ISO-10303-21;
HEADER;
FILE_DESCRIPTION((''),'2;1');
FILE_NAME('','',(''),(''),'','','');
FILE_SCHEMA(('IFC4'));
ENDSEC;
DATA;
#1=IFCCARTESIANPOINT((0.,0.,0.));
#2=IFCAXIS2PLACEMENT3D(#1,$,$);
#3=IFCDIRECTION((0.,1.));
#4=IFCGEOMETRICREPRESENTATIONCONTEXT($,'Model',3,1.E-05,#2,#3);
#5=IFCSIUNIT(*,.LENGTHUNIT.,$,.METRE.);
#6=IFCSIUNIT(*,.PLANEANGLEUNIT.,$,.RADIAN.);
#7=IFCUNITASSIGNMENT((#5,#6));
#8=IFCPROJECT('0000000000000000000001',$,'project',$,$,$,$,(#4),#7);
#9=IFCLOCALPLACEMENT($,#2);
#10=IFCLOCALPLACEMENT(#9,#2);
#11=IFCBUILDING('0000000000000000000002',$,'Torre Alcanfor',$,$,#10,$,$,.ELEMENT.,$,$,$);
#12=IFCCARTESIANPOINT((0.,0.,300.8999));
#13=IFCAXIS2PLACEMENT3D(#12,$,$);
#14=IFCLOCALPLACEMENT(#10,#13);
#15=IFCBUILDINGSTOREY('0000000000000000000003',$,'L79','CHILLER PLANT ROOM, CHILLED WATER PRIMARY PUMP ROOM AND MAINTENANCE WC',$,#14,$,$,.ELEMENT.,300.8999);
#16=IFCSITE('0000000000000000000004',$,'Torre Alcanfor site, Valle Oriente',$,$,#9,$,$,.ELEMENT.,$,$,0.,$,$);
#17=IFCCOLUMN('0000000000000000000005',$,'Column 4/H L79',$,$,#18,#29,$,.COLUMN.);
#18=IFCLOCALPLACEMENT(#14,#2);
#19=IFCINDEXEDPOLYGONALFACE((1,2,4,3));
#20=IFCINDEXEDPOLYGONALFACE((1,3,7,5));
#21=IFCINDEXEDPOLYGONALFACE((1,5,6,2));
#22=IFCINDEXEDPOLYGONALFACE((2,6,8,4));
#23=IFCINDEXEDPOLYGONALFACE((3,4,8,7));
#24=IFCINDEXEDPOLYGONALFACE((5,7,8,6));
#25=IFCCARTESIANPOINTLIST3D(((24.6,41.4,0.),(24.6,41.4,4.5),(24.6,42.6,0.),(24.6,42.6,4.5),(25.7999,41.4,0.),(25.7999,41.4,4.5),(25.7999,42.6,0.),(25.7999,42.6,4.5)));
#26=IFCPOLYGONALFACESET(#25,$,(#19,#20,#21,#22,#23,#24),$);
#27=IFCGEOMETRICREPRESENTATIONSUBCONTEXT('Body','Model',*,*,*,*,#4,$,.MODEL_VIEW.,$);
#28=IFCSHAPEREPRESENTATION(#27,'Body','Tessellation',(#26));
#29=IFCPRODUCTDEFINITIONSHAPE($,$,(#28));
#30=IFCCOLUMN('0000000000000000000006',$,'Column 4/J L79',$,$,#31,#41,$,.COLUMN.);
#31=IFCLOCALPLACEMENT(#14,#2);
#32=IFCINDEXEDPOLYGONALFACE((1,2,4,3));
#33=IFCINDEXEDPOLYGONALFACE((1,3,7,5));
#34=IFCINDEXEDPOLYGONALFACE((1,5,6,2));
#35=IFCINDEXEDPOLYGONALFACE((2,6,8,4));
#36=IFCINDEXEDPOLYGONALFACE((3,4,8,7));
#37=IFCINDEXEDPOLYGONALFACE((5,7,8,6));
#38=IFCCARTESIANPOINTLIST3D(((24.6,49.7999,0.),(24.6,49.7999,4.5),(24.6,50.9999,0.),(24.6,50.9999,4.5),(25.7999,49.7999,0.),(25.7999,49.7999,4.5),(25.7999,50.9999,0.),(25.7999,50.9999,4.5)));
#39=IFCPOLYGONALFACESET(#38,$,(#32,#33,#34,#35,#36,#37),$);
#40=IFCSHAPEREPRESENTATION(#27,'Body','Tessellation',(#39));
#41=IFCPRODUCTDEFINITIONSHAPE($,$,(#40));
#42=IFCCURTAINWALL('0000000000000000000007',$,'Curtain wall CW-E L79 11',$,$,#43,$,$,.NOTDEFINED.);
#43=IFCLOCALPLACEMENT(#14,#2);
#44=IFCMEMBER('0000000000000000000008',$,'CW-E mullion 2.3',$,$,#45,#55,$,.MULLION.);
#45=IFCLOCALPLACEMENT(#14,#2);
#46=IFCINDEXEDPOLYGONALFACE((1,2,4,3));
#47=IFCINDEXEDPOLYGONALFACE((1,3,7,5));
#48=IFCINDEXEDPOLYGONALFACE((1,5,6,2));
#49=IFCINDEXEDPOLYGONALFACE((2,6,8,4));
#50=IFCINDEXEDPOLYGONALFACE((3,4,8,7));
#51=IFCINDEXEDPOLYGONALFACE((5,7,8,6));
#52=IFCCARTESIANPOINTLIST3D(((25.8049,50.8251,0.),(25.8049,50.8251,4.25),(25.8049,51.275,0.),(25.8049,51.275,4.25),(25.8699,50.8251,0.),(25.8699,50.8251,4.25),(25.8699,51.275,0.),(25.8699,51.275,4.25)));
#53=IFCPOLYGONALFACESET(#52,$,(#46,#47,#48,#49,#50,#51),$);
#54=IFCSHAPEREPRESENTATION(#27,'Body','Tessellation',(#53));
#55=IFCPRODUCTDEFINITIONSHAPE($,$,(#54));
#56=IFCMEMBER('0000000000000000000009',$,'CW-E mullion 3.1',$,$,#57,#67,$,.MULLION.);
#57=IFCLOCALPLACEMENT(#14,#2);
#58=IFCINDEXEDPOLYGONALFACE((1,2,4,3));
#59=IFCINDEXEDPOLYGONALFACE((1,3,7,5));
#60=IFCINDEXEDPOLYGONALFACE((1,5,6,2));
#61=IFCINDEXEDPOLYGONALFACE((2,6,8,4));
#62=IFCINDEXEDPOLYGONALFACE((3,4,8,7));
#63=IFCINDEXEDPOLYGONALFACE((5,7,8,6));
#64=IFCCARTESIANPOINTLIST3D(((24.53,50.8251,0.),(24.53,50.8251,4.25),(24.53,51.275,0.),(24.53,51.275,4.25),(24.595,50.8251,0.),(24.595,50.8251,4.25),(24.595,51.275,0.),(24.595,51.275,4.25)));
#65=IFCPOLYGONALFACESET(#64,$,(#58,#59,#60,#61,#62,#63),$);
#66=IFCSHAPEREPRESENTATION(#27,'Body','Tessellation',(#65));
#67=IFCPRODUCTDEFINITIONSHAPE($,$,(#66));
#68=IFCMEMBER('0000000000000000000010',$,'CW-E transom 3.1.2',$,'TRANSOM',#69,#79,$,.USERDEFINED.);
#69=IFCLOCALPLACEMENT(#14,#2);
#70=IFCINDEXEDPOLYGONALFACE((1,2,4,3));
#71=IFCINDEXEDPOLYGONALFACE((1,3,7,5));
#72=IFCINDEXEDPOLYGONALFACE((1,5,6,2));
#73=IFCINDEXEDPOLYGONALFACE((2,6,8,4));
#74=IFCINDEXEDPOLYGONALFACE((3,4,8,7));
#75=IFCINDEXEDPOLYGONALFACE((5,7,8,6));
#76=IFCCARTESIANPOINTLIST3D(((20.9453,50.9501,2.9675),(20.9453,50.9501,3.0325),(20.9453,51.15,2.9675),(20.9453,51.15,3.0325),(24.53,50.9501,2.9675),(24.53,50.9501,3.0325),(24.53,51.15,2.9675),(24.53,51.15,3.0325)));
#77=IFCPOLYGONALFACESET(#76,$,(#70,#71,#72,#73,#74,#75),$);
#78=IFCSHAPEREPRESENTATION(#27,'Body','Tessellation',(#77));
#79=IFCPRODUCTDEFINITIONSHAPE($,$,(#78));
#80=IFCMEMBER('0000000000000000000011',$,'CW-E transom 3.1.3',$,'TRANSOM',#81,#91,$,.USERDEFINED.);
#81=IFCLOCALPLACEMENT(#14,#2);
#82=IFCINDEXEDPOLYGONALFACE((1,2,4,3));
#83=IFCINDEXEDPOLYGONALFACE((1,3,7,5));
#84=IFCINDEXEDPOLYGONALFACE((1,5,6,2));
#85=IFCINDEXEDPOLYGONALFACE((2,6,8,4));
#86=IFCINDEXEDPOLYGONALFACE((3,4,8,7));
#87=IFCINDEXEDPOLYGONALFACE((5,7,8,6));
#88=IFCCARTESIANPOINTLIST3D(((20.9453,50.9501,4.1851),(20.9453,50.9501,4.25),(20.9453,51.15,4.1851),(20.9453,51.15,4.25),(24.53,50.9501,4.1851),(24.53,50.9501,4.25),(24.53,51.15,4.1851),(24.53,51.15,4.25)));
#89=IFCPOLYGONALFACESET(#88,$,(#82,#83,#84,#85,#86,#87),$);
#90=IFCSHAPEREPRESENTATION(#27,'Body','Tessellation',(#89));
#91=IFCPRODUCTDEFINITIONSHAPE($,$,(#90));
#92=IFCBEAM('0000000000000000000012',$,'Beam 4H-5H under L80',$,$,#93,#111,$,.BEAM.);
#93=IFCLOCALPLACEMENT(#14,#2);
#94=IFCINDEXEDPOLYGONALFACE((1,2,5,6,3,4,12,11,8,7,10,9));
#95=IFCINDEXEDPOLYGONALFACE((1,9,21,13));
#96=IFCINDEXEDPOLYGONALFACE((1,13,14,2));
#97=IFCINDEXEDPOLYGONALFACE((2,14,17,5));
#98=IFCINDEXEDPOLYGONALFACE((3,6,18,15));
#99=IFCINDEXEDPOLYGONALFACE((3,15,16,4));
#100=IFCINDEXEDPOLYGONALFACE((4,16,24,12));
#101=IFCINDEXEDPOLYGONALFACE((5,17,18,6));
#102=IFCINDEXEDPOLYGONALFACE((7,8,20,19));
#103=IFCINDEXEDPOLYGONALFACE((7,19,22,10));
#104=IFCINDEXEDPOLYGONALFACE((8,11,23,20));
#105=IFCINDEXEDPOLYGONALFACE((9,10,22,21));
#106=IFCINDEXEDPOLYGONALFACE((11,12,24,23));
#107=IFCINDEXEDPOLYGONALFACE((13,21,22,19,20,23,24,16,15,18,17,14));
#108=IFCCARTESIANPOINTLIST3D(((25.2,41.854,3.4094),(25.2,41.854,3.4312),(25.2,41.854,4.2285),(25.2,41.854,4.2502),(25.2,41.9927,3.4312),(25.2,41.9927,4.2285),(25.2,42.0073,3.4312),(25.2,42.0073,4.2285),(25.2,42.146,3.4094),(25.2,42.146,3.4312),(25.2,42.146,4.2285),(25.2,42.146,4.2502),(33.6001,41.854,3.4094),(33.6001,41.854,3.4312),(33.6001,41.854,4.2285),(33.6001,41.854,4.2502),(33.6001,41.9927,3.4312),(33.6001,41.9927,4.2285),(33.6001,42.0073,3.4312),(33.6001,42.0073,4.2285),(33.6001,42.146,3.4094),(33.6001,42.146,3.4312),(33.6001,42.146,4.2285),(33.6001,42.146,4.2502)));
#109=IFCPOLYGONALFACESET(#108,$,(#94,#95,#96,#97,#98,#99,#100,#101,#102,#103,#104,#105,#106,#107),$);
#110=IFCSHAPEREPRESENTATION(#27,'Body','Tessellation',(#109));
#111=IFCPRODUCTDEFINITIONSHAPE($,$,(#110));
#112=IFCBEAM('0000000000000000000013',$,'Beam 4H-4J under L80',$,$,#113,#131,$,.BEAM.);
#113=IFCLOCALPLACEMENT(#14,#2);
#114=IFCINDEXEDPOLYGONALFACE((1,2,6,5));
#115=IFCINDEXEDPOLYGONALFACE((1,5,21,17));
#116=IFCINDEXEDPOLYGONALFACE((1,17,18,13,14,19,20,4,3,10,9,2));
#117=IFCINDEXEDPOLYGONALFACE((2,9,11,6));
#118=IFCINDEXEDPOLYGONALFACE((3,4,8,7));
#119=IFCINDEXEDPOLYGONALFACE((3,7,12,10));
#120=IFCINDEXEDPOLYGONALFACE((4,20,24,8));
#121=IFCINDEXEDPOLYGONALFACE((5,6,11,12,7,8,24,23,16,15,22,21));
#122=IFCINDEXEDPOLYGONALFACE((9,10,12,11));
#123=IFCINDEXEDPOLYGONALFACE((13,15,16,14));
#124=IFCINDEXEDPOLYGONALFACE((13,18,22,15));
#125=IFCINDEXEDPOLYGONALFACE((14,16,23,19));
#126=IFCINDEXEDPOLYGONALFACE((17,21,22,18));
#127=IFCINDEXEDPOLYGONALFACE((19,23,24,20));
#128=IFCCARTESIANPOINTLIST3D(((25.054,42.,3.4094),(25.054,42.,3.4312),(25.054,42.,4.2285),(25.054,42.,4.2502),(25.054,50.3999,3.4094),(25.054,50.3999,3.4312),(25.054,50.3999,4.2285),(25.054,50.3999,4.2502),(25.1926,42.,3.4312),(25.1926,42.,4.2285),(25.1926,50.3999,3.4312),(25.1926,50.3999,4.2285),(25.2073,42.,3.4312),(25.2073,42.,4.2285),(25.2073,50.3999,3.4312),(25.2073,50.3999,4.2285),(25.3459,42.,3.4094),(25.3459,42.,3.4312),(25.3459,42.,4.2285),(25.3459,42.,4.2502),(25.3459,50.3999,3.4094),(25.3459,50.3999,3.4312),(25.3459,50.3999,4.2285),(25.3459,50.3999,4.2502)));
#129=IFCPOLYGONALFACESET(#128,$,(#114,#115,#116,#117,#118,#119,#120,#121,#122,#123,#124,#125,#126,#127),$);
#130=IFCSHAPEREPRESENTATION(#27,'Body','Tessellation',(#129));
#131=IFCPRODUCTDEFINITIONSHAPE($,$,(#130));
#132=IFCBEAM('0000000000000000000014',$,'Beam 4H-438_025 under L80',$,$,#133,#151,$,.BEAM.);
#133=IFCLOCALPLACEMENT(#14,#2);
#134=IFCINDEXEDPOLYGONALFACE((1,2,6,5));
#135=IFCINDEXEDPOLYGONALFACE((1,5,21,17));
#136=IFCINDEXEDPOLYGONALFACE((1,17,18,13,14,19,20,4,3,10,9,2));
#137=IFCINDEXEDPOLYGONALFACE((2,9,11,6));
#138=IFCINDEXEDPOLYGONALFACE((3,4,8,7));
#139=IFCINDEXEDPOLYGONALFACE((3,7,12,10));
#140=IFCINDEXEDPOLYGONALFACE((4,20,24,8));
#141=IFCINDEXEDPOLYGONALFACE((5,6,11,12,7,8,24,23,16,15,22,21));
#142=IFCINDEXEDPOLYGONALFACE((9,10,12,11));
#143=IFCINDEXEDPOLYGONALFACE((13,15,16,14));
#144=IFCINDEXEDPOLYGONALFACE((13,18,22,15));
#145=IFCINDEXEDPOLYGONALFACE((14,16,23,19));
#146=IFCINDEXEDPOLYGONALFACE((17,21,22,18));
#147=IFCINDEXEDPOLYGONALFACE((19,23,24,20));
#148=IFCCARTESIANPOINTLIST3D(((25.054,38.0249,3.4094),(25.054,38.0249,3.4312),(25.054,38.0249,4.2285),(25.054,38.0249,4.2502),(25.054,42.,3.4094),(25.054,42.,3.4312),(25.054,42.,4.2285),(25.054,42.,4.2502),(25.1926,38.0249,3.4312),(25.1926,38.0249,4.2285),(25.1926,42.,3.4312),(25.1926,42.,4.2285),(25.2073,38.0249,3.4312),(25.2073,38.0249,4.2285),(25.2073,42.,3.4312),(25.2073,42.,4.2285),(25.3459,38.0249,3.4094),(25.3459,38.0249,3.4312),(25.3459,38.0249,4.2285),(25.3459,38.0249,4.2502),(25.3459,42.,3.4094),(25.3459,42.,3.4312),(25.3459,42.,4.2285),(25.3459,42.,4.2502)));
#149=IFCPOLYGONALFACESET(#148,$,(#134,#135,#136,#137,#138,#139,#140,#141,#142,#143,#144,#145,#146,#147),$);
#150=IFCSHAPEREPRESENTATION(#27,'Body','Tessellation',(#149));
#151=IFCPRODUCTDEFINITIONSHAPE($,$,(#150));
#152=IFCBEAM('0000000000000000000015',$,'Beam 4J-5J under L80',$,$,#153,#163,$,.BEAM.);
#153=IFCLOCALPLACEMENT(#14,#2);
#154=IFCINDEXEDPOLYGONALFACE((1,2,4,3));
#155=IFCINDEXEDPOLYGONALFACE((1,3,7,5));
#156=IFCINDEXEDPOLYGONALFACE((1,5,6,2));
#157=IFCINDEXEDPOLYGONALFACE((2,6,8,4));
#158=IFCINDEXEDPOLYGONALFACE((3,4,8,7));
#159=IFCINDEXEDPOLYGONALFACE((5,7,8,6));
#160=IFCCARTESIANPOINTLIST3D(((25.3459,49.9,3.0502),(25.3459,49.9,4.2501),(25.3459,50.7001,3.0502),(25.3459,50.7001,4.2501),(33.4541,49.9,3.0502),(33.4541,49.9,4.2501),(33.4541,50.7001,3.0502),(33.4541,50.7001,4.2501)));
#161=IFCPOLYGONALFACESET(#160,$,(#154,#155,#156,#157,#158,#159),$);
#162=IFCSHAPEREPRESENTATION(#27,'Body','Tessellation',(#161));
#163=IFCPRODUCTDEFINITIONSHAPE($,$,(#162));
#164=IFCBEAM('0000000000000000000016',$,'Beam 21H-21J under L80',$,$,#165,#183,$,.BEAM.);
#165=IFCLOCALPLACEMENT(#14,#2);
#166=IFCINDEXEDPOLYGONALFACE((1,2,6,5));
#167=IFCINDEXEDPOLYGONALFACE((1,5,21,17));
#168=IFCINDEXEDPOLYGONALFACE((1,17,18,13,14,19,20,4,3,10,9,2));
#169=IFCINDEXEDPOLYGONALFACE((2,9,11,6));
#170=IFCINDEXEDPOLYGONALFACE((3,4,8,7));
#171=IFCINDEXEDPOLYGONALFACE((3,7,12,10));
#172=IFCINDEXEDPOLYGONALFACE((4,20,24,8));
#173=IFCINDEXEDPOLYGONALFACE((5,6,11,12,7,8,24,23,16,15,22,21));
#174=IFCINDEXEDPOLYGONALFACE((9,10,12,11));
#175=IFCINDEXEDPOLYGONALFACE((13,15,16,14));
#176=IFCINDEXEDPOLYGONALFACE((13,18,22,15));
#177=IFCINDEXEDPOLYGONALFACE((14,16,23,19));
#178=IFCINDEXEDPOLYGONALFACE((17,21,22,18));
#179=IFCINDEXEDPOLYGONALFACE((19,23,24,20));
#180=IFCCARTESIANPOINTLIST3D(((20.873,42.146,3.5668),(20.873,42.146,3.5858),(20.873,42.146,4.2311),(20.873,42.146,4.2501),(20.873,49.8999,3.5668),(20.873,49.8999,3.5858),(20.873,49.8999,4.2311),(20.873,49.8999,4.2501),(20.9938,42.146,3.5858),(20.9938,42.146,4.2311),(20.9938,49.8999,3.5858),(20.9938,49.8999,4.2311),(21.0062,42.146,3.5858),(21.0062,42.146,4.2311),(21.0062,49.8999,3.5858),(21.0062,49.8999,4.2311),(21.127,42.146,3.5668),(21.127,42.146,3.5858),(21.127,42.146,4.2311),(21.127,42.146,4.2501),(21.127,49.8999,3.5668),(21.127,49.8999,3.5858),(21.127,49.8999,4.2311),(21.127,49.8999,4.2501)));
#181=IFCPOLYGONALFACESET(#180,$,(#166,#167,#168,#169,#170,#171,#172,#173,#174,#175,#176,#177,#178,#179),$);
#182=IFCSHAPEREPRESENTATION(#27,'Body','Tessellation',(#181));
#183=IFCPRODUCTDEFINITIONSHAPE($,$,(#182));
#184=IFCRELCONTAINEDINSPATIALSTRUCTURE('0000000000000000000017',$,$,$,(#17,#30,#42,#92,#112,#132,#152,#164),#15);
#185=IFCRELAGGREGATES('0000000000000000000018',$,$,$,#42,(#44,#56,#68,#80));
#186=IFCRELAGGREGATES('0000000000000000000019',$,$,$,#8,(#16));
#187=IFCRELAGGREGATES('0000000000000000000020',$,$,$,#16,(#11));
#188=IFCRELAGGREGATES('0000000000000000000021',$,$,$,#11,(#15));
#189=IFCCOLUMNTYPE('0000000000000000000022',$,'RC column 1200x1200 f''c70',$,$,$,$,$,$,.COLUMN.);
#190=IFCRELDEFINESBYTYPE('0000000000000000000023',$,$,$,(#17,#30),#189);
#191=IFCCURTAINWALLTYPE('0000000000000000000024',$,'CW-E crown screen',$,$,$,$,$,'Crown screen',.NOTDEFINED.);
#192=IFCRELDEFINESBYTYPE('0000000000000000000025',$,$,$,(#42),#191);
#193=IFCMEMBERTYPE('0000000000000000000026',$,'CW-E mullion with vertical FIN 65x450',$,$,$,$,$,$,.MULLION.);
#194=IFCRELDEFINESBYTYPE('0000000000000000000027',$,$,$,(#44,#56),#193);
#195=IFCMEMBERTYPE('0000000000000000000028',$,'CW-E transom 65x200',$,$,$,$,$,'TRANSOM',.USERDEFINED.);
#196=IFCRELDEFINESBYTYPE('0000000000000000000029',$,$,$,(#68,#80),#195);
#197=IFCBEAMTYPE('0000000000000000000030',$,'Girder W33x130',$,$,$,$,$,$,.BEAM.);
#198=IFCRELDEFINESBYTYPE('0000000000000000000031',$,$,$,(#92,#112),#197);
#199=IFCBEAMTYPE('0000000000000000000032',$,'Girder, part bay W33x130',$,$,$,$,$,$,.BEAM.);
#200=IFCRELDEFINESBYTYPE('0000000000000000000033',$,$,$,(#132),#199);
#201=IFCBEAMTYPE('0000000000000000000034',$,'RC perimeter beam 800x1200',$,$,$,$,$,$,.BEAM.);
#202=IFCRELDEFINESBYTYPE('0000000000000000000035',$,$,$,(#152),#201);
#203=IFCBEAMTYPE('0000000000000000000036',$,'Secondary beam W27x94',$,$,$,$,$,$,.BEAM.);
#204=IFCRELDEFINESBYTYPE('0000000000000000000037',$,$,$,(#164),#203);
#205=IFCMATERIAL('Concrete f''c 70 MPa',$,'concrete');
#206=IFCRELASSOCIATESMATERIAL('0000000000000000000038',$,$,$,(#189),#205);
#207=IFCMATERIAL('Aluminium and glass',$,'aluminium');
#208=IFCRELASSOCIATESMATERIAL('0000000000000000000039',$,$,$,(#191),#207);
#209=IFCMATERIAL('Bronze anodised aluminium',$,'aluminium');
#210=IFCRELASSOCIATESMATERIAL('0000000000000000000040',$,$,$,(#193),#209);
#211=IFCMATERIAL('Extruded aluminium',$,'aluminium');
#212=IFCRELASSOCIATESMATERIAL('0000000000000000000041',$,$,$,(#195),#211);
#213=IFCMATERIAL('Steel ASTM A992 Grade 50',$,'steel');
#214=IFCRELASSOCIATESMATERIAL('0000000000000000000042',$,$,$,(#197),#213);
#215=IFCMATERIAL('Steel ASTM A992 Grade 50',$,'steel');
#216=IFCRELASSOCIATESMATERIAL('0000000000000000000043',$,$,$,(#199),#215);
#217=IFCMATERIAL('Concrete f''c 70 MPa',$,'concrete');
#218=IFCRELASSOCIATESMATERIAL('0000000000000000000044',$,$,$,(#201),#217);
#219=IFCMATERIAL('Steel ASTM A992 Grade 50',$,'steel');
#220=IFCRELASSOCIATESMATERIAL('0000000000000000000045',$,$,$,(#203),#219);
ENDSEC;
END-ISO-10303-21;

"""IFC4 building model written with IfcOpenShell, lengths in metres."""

from ifc_helpers import new_model, si_unit, direction, frame, origin, origin_2d, place, context, subcontext, project, spatial, rectangle, i_section, extrude, material, material_profile, profile_set, type_object, element, aggregate, save


model = new_model("IFC4")

# Units and contexts
model_context = context("Model", 3, precision=1e-05, world=origin(), true_north=direction((0.0, 1.0)))
body_context = subcontext(model_context, "Body", "Model", "MODEL_VIEW")
ifc_project = project(units=[si_unit("LENGTHUNIT", "METRE"), si_unit("PLANEANGLEUNIT", "RADIAN")], contexts=[model_context])

# Site, building, storey
site_placement = place(None, origin())
site = spatial("IfcSite", under=ifc_project, at=site_placement, Name="Torre Alcanfor site, Valle Oriente", CompositionType="ELEMENT", RefElevation=0.0)
building_placement = place(site_placement, origin())
building = spatial("IfcBuilding", under=site, at=building_placement, Name="Torre Alcanfor", CompositionType="ELEMENT")
storey_placement = place(building_placement, frame((0.0, 0.0, 300.8999)))
storey = spatial("IfcBuildingStorey", under=building, at=storey_placement, Name="L79", Description="CHILLER PLANT ROOM, CHILLED WATER PRIMARY PUMP ROOM AND MAINTENANCE WC", CompositionType="ELEMENT", Elevation=300.8999)

# Columns
ifc_material_1 = material(Name="Concrete f'c 70 MPa", Category="concrete")
ifc_material_profile_1 = material_profile(ifc_material_1, rectangle(XDim=1.2, YDim=1.2, at=origin_2d()), Name="1200x1200")
ifc_profile_set_1 = profile_set([ifc_material_profile_1], Name="Concrete f'c 70 MPa")
column_type = type_object("IfcColumnType", Name="RC column 1200x1200 f'c70", PredefinedType="COLUMN", material=ifc_profile_set_1)
for number, where, z_axis, x_axis, name in (
    (1, (25.2, 42.0, 0.0), (0.0, 0.0, 1.0), (1.0, 0.0, 0.0), "Column 4/H L79"),
    (2, (25.2, 50.3999, 0.0), (0.0, 0.0, 1.0), (1.0, 0.0, 0.0), "Column 4/J L79"),
):
    element("IfcColumn", number, at=place(storey_placement, frame(where, z_axis=z_axis, x_axis=x_axis)), inside=storey, type_object=column_type, Name=name, PredefinedType="COLUMN", context=body_context, shape_type="SweptSolid", body=[
        extrude(rectangle(XDim=1.2, YDim=1.2, at=origin_2d()), origin(), (0.0, 0.0, 1.0), 4.5),
    ])

# Curtain wall, members
ifc_material_2 = material(Name="Aluminium and glass", Category="aluminium")
curtain_wall_type = type_object("IfcCurtainWallType", Name="CW-E crown screen", ElementType="Crown screen", PredefinedType="NOTDEFINED", material=ifc_material_2)
curtain_wall_placement = place(storey_placement, origin())
curtain_wall = element("IfcCurtainWall", 3, at=curtain_wall_placement, inside=storey, type_object=curtain_wall_type, Name="Curtain wall CW-E L79 11", PredefinedType="NOTDEFINED")
ifc_material_3 = material(Name="Bronze anodised aluminium", Category="aluminium")
ifc_material_profile_2 = material_profile(ifc_material_3, rectangle(XDim=0.45, YDim=0.0649, at=origin_2d()), Name="CW-E mullion 65x450")
ifc_profile_set_2 = profile_set([ifc_material_profile_2], Name="Bronze anodised aluminium")
member_type_1 = type_object("IfcMemberType", Name="CW-E mullion with vertical FIN 65x450", PredefinedType="MULLION", material=ifc_profile_set_2)
member_1_placement = place(storey_placement, frame((25.8374, 51.05, 0.0), z_axis=(0.0, 0.0, 1.0), x_axis=(0.0, -1.0, 0.0)))
member_1 = element("IfcMember", 4, at=member_1_placement, type_object=member_type_1, Name="CW-E mullion 2.3", PredefinedType="MULLION", context=body_context, shape_type="SweptSolid", body=[
    extrude(rectangle(XDim=0.45, YDim=0.0649, at=origin_2d()), origin(), (0.0, 0.0, 1.0), 4.25),
])
member_2_placement = place(storey_placement, frame((24.5625, 51.05, 0.0), z_axis=(0.0, 0.0, 1.0), x_axis=(0.0, -1.0, 0.0)))
member_2 = element("IfcMember", 5, at=member_2_placement, type_object=member_type_1, Name="CW-E mullion 3.1", PredefinedType="MULLION", context=body_context, shape_type="SweptSolid", body=[
    extrude(rectangle(XDim=0.45, YDim=0.0649, at=origin_2d()), origin(), (0.0, 0.0, 1.0), 4.25),
])
ifc_material_4 = material(Name="Extruded aluminium", Category="aluminium")
ifc_material_profile_3 = material_profile(ifc_material_4, rectangle(XDim=0.2, YDim=0.0649, at=origin_2d()), Name="CW-E transom 200x65")
ifc_profile_set_3 = profile_set([ifc_material_profile_3], Name="Extruded aluminium")
member_type_2 = type_object("IfcMemberType", Name="CW-E transom 65x200", ElementType="TRANSOM", PredefinedType="USERDEFINED", material=ifc_profile_set_3)
member_3_placement = place(storey_placement, frame((24.53, 51.05, 3.0), z_axis=(-1.0, 0.0, 0.0), x_axis=(0.0, -1.0, 0.0)))
member_3 = element("IfcMember", 6, at=member_3_placement, type_object=member_type_2, Name="CW-E transom 3.1.2", ObjectType="TRANSOM", PredefinedType="USERDEFINED", context=body_context, shape_type="SweptSolid", body=[
    extrude(rectangle(XDim=0.2, YDim=0.0649, at=origin_2d()), origin(), (0.0, 0.0, 1.0), 3.5847),
])
member_4_placement = place(storey_placement, frame((24.53, 51.05, 4.2175), z_axis=(-1.0, 0.0, 0.0), x_axis=(0.0, -1.0, 0.0)))
member_4 = element("IfcMember", 7, at=member_4_placement, type_object=member_type_2, Name="CW-E transom 3.1.3", ObjectType="TRANSOM", PredefinedType="USERDEFINED", context=body_context, shape_type="SweptSolid", body=[
    extrude(rectangle(XDim=0.2, YDim=0.0649, at=origin_2d()), origin(), (0.0, 0.0, 1.0), 3.5847),
])

# Beams
ifc_material_5 = material(Name="Steel ASTM A992 Grade 50", Category="steel")
ifc_material_profile_4 = material_profile(ifc_material_5, i_section(OverallWidth=0.292, OverallDepth=0.8408, WebThickness=0.0146, FlangeThickness=0.0217, at=origin_2d()), Name="W33x130")
ifc_profile_set_4 = profile_set([ifc_material_profile_4], Name="Steel ASTM A992 Grade 50")
beam_type_1 = type_object("IfcBeamType", Name="Girder W33x130", PredefinedType="BEAM", material=ifc_profile_set_4)
beam_1_placement = place(storey_placement, frame((25.2, 42.0, 3.8298), z_axis=(1.0, 0.0, 0.0), x_axis=(0.0, 1.0, 0.0)))
element("IfcBeam", 8, at=beam_1_placement, inside=storey, type_object=beam_type_1, Name="Beam 4H-5H under L80", PredefinedType="BEAM", context=body_context, shape_type="SweptSolid", body=[
    extrude(i_section(OverallWidth=0.292, OverallDepth=0.8408, WebThickness=0.0146, FlangeThickness=0.0217, at=origin_2d()), origin(), (0.0, 0.0, 1.0), 8.4001),
])
beam_2_placement = place(storey_placement, frame((25.2, 42.0, 3.8298), z_axis=(0.0, 1.0, 0.0), x_axis=(-1.0, 0.0, 0.0)))
element("IfcBeam", 9, at=beam_2_placement, inside=storey, type_object=beam_type_1, Name="Beam 4H-4J under L80", PredefinedType="BEAM", context=body_context, shape_type="SweptSolid", body=[
    extrude(i_section(OverallWidth=0.292, OverallDepth=0.8408, WebThickness=0.0146, FlangeThickness=0.0217, at=origin_2d()), origin(), (0.0, 0.0, 1.0), 8.3999),
])
ifc_material_6 = material(Name="Steel ASTM A992 Grade 50", Category="steel")
ifc_material_profile_5 = material_profile(ifc_material_6, i_section(OverallWidth=0.292, OverallDepth=0.8408, WebThickness=0.0146, FlangeThickness=0.0217, at=origin_2d()), Name="W33x130")
ifc_profile_set_5 = profile_set([ifc_material_profile_5], Name="Steel ASTM A992 Grade 50")
beam_type_2 = type_object("IfcBeamType", Name="Girder, part bay W33x130", PredefinedType="BEAM", material=ifc_profile_set_5)
beam_3_placement = place(storey_placement, frame((25.2, 42.0, 3.8298), z_axis=(0.0, -1.0, 0.0), x_axis=(1.0, 0.0, 0.0)))
element("IfcBeam", 10, at=beam_3_placement, inside=storey, type_object=beam_type_2, Name="Beam 4H-438_025 under L80", PredefinedType="BEAM", context=body_context, shape_type="SweptSolid", body=[
    extrude(i_section(OverallWidth=0.292, OverallDepth=0.8408, WebThickness=0.0146, FlangeThickness=0.0217, at=origin_2d()), origin(), (0.0, 0.0, 1.0), 3.9751),
])
ifc_material_7 = material(Name="Concrete f'c 70 MPa", Category="concrete")
ifc_material_profile_6 = material_profile(ifc_material_7, rectangle(XDim=0.8, YDim=1.2, at=origin_2d()), Name="800x1200")
ifc_profile_set_6 = profile_set([ifc_material_profile_6], Name="Concrete f'c 70 MPa")
beam_type_3 = type_object("IfcBeamType", Name="RC perimeter beam 800x1200", PredefinedType="BEAM", material=ifc_profile_set_6)
beam_4_placement = place(storey_placement, frame((25.3459, 50.3, 3.6501), z_axis=(1.0, 0.0, 0.0), x_axis=(0.0, 1.0, 0.0)))
element("IfcBeam", 11, at=beam_4_placement, inside=storey, type_object=beam_type_3, Name="Beam 4J-5J under L80", PredefinedType="BEAM", context=body_context, shape_type="SweptSolid", body=[
    extrude(rectangle(XDim=0.8, YDim=1.2, at=origin_2d()), origin(), (0.0, 0.0, 1.0), 8.1082),
])
ifc_material_8 = material(Name="Steel ASTM A992 Grade 50", Category="steel")
ifc_material_profile_7 = material_profile(ifc_material_8, i_section(OverallWidth=0.2539, OverallDepth=0.6833, WebThickness=0.0125, FlangeThickness=0.019, at=origin_2d()), Name="W27x94")
ifc_profile_set_7 = profile_set([ifc_material_profile_7], Name="Steel ASTM A992 Grade 50")
beam_type_4 = type_object("IfcBeamType", Name="Secondary beam W27x94", PredefinedType="BEAM", material=ifc_profile_set_7)
beam_5_placement = place(storey_placement, frame((21.0, 42.146, 3.9084), z_axis=(0.0, 1.0, 0.0), x_axis=(-1.0, 0.0, 0.0)))
element("IfcBeam", 12, at=beam_5_placement, inside=storey, type_object=beam_type_4, Name="Beam 21H-21J under L80", PredefinedType="BEAM", context=body_context, shape_type="SweptSolid", body=[
    extrude(i_section(OverallWidth=0.2539, OverallDepth=0.6833, WebThickness=0.0125, FlangeThickness=0.019, at=origin_2d()), origin(), (0.0, 0.0, 1.0), 7.7539),
])

aggregate(curtain_wall, [member_1, member_2, member_3, member_4])

save(model, "model.ifc")
